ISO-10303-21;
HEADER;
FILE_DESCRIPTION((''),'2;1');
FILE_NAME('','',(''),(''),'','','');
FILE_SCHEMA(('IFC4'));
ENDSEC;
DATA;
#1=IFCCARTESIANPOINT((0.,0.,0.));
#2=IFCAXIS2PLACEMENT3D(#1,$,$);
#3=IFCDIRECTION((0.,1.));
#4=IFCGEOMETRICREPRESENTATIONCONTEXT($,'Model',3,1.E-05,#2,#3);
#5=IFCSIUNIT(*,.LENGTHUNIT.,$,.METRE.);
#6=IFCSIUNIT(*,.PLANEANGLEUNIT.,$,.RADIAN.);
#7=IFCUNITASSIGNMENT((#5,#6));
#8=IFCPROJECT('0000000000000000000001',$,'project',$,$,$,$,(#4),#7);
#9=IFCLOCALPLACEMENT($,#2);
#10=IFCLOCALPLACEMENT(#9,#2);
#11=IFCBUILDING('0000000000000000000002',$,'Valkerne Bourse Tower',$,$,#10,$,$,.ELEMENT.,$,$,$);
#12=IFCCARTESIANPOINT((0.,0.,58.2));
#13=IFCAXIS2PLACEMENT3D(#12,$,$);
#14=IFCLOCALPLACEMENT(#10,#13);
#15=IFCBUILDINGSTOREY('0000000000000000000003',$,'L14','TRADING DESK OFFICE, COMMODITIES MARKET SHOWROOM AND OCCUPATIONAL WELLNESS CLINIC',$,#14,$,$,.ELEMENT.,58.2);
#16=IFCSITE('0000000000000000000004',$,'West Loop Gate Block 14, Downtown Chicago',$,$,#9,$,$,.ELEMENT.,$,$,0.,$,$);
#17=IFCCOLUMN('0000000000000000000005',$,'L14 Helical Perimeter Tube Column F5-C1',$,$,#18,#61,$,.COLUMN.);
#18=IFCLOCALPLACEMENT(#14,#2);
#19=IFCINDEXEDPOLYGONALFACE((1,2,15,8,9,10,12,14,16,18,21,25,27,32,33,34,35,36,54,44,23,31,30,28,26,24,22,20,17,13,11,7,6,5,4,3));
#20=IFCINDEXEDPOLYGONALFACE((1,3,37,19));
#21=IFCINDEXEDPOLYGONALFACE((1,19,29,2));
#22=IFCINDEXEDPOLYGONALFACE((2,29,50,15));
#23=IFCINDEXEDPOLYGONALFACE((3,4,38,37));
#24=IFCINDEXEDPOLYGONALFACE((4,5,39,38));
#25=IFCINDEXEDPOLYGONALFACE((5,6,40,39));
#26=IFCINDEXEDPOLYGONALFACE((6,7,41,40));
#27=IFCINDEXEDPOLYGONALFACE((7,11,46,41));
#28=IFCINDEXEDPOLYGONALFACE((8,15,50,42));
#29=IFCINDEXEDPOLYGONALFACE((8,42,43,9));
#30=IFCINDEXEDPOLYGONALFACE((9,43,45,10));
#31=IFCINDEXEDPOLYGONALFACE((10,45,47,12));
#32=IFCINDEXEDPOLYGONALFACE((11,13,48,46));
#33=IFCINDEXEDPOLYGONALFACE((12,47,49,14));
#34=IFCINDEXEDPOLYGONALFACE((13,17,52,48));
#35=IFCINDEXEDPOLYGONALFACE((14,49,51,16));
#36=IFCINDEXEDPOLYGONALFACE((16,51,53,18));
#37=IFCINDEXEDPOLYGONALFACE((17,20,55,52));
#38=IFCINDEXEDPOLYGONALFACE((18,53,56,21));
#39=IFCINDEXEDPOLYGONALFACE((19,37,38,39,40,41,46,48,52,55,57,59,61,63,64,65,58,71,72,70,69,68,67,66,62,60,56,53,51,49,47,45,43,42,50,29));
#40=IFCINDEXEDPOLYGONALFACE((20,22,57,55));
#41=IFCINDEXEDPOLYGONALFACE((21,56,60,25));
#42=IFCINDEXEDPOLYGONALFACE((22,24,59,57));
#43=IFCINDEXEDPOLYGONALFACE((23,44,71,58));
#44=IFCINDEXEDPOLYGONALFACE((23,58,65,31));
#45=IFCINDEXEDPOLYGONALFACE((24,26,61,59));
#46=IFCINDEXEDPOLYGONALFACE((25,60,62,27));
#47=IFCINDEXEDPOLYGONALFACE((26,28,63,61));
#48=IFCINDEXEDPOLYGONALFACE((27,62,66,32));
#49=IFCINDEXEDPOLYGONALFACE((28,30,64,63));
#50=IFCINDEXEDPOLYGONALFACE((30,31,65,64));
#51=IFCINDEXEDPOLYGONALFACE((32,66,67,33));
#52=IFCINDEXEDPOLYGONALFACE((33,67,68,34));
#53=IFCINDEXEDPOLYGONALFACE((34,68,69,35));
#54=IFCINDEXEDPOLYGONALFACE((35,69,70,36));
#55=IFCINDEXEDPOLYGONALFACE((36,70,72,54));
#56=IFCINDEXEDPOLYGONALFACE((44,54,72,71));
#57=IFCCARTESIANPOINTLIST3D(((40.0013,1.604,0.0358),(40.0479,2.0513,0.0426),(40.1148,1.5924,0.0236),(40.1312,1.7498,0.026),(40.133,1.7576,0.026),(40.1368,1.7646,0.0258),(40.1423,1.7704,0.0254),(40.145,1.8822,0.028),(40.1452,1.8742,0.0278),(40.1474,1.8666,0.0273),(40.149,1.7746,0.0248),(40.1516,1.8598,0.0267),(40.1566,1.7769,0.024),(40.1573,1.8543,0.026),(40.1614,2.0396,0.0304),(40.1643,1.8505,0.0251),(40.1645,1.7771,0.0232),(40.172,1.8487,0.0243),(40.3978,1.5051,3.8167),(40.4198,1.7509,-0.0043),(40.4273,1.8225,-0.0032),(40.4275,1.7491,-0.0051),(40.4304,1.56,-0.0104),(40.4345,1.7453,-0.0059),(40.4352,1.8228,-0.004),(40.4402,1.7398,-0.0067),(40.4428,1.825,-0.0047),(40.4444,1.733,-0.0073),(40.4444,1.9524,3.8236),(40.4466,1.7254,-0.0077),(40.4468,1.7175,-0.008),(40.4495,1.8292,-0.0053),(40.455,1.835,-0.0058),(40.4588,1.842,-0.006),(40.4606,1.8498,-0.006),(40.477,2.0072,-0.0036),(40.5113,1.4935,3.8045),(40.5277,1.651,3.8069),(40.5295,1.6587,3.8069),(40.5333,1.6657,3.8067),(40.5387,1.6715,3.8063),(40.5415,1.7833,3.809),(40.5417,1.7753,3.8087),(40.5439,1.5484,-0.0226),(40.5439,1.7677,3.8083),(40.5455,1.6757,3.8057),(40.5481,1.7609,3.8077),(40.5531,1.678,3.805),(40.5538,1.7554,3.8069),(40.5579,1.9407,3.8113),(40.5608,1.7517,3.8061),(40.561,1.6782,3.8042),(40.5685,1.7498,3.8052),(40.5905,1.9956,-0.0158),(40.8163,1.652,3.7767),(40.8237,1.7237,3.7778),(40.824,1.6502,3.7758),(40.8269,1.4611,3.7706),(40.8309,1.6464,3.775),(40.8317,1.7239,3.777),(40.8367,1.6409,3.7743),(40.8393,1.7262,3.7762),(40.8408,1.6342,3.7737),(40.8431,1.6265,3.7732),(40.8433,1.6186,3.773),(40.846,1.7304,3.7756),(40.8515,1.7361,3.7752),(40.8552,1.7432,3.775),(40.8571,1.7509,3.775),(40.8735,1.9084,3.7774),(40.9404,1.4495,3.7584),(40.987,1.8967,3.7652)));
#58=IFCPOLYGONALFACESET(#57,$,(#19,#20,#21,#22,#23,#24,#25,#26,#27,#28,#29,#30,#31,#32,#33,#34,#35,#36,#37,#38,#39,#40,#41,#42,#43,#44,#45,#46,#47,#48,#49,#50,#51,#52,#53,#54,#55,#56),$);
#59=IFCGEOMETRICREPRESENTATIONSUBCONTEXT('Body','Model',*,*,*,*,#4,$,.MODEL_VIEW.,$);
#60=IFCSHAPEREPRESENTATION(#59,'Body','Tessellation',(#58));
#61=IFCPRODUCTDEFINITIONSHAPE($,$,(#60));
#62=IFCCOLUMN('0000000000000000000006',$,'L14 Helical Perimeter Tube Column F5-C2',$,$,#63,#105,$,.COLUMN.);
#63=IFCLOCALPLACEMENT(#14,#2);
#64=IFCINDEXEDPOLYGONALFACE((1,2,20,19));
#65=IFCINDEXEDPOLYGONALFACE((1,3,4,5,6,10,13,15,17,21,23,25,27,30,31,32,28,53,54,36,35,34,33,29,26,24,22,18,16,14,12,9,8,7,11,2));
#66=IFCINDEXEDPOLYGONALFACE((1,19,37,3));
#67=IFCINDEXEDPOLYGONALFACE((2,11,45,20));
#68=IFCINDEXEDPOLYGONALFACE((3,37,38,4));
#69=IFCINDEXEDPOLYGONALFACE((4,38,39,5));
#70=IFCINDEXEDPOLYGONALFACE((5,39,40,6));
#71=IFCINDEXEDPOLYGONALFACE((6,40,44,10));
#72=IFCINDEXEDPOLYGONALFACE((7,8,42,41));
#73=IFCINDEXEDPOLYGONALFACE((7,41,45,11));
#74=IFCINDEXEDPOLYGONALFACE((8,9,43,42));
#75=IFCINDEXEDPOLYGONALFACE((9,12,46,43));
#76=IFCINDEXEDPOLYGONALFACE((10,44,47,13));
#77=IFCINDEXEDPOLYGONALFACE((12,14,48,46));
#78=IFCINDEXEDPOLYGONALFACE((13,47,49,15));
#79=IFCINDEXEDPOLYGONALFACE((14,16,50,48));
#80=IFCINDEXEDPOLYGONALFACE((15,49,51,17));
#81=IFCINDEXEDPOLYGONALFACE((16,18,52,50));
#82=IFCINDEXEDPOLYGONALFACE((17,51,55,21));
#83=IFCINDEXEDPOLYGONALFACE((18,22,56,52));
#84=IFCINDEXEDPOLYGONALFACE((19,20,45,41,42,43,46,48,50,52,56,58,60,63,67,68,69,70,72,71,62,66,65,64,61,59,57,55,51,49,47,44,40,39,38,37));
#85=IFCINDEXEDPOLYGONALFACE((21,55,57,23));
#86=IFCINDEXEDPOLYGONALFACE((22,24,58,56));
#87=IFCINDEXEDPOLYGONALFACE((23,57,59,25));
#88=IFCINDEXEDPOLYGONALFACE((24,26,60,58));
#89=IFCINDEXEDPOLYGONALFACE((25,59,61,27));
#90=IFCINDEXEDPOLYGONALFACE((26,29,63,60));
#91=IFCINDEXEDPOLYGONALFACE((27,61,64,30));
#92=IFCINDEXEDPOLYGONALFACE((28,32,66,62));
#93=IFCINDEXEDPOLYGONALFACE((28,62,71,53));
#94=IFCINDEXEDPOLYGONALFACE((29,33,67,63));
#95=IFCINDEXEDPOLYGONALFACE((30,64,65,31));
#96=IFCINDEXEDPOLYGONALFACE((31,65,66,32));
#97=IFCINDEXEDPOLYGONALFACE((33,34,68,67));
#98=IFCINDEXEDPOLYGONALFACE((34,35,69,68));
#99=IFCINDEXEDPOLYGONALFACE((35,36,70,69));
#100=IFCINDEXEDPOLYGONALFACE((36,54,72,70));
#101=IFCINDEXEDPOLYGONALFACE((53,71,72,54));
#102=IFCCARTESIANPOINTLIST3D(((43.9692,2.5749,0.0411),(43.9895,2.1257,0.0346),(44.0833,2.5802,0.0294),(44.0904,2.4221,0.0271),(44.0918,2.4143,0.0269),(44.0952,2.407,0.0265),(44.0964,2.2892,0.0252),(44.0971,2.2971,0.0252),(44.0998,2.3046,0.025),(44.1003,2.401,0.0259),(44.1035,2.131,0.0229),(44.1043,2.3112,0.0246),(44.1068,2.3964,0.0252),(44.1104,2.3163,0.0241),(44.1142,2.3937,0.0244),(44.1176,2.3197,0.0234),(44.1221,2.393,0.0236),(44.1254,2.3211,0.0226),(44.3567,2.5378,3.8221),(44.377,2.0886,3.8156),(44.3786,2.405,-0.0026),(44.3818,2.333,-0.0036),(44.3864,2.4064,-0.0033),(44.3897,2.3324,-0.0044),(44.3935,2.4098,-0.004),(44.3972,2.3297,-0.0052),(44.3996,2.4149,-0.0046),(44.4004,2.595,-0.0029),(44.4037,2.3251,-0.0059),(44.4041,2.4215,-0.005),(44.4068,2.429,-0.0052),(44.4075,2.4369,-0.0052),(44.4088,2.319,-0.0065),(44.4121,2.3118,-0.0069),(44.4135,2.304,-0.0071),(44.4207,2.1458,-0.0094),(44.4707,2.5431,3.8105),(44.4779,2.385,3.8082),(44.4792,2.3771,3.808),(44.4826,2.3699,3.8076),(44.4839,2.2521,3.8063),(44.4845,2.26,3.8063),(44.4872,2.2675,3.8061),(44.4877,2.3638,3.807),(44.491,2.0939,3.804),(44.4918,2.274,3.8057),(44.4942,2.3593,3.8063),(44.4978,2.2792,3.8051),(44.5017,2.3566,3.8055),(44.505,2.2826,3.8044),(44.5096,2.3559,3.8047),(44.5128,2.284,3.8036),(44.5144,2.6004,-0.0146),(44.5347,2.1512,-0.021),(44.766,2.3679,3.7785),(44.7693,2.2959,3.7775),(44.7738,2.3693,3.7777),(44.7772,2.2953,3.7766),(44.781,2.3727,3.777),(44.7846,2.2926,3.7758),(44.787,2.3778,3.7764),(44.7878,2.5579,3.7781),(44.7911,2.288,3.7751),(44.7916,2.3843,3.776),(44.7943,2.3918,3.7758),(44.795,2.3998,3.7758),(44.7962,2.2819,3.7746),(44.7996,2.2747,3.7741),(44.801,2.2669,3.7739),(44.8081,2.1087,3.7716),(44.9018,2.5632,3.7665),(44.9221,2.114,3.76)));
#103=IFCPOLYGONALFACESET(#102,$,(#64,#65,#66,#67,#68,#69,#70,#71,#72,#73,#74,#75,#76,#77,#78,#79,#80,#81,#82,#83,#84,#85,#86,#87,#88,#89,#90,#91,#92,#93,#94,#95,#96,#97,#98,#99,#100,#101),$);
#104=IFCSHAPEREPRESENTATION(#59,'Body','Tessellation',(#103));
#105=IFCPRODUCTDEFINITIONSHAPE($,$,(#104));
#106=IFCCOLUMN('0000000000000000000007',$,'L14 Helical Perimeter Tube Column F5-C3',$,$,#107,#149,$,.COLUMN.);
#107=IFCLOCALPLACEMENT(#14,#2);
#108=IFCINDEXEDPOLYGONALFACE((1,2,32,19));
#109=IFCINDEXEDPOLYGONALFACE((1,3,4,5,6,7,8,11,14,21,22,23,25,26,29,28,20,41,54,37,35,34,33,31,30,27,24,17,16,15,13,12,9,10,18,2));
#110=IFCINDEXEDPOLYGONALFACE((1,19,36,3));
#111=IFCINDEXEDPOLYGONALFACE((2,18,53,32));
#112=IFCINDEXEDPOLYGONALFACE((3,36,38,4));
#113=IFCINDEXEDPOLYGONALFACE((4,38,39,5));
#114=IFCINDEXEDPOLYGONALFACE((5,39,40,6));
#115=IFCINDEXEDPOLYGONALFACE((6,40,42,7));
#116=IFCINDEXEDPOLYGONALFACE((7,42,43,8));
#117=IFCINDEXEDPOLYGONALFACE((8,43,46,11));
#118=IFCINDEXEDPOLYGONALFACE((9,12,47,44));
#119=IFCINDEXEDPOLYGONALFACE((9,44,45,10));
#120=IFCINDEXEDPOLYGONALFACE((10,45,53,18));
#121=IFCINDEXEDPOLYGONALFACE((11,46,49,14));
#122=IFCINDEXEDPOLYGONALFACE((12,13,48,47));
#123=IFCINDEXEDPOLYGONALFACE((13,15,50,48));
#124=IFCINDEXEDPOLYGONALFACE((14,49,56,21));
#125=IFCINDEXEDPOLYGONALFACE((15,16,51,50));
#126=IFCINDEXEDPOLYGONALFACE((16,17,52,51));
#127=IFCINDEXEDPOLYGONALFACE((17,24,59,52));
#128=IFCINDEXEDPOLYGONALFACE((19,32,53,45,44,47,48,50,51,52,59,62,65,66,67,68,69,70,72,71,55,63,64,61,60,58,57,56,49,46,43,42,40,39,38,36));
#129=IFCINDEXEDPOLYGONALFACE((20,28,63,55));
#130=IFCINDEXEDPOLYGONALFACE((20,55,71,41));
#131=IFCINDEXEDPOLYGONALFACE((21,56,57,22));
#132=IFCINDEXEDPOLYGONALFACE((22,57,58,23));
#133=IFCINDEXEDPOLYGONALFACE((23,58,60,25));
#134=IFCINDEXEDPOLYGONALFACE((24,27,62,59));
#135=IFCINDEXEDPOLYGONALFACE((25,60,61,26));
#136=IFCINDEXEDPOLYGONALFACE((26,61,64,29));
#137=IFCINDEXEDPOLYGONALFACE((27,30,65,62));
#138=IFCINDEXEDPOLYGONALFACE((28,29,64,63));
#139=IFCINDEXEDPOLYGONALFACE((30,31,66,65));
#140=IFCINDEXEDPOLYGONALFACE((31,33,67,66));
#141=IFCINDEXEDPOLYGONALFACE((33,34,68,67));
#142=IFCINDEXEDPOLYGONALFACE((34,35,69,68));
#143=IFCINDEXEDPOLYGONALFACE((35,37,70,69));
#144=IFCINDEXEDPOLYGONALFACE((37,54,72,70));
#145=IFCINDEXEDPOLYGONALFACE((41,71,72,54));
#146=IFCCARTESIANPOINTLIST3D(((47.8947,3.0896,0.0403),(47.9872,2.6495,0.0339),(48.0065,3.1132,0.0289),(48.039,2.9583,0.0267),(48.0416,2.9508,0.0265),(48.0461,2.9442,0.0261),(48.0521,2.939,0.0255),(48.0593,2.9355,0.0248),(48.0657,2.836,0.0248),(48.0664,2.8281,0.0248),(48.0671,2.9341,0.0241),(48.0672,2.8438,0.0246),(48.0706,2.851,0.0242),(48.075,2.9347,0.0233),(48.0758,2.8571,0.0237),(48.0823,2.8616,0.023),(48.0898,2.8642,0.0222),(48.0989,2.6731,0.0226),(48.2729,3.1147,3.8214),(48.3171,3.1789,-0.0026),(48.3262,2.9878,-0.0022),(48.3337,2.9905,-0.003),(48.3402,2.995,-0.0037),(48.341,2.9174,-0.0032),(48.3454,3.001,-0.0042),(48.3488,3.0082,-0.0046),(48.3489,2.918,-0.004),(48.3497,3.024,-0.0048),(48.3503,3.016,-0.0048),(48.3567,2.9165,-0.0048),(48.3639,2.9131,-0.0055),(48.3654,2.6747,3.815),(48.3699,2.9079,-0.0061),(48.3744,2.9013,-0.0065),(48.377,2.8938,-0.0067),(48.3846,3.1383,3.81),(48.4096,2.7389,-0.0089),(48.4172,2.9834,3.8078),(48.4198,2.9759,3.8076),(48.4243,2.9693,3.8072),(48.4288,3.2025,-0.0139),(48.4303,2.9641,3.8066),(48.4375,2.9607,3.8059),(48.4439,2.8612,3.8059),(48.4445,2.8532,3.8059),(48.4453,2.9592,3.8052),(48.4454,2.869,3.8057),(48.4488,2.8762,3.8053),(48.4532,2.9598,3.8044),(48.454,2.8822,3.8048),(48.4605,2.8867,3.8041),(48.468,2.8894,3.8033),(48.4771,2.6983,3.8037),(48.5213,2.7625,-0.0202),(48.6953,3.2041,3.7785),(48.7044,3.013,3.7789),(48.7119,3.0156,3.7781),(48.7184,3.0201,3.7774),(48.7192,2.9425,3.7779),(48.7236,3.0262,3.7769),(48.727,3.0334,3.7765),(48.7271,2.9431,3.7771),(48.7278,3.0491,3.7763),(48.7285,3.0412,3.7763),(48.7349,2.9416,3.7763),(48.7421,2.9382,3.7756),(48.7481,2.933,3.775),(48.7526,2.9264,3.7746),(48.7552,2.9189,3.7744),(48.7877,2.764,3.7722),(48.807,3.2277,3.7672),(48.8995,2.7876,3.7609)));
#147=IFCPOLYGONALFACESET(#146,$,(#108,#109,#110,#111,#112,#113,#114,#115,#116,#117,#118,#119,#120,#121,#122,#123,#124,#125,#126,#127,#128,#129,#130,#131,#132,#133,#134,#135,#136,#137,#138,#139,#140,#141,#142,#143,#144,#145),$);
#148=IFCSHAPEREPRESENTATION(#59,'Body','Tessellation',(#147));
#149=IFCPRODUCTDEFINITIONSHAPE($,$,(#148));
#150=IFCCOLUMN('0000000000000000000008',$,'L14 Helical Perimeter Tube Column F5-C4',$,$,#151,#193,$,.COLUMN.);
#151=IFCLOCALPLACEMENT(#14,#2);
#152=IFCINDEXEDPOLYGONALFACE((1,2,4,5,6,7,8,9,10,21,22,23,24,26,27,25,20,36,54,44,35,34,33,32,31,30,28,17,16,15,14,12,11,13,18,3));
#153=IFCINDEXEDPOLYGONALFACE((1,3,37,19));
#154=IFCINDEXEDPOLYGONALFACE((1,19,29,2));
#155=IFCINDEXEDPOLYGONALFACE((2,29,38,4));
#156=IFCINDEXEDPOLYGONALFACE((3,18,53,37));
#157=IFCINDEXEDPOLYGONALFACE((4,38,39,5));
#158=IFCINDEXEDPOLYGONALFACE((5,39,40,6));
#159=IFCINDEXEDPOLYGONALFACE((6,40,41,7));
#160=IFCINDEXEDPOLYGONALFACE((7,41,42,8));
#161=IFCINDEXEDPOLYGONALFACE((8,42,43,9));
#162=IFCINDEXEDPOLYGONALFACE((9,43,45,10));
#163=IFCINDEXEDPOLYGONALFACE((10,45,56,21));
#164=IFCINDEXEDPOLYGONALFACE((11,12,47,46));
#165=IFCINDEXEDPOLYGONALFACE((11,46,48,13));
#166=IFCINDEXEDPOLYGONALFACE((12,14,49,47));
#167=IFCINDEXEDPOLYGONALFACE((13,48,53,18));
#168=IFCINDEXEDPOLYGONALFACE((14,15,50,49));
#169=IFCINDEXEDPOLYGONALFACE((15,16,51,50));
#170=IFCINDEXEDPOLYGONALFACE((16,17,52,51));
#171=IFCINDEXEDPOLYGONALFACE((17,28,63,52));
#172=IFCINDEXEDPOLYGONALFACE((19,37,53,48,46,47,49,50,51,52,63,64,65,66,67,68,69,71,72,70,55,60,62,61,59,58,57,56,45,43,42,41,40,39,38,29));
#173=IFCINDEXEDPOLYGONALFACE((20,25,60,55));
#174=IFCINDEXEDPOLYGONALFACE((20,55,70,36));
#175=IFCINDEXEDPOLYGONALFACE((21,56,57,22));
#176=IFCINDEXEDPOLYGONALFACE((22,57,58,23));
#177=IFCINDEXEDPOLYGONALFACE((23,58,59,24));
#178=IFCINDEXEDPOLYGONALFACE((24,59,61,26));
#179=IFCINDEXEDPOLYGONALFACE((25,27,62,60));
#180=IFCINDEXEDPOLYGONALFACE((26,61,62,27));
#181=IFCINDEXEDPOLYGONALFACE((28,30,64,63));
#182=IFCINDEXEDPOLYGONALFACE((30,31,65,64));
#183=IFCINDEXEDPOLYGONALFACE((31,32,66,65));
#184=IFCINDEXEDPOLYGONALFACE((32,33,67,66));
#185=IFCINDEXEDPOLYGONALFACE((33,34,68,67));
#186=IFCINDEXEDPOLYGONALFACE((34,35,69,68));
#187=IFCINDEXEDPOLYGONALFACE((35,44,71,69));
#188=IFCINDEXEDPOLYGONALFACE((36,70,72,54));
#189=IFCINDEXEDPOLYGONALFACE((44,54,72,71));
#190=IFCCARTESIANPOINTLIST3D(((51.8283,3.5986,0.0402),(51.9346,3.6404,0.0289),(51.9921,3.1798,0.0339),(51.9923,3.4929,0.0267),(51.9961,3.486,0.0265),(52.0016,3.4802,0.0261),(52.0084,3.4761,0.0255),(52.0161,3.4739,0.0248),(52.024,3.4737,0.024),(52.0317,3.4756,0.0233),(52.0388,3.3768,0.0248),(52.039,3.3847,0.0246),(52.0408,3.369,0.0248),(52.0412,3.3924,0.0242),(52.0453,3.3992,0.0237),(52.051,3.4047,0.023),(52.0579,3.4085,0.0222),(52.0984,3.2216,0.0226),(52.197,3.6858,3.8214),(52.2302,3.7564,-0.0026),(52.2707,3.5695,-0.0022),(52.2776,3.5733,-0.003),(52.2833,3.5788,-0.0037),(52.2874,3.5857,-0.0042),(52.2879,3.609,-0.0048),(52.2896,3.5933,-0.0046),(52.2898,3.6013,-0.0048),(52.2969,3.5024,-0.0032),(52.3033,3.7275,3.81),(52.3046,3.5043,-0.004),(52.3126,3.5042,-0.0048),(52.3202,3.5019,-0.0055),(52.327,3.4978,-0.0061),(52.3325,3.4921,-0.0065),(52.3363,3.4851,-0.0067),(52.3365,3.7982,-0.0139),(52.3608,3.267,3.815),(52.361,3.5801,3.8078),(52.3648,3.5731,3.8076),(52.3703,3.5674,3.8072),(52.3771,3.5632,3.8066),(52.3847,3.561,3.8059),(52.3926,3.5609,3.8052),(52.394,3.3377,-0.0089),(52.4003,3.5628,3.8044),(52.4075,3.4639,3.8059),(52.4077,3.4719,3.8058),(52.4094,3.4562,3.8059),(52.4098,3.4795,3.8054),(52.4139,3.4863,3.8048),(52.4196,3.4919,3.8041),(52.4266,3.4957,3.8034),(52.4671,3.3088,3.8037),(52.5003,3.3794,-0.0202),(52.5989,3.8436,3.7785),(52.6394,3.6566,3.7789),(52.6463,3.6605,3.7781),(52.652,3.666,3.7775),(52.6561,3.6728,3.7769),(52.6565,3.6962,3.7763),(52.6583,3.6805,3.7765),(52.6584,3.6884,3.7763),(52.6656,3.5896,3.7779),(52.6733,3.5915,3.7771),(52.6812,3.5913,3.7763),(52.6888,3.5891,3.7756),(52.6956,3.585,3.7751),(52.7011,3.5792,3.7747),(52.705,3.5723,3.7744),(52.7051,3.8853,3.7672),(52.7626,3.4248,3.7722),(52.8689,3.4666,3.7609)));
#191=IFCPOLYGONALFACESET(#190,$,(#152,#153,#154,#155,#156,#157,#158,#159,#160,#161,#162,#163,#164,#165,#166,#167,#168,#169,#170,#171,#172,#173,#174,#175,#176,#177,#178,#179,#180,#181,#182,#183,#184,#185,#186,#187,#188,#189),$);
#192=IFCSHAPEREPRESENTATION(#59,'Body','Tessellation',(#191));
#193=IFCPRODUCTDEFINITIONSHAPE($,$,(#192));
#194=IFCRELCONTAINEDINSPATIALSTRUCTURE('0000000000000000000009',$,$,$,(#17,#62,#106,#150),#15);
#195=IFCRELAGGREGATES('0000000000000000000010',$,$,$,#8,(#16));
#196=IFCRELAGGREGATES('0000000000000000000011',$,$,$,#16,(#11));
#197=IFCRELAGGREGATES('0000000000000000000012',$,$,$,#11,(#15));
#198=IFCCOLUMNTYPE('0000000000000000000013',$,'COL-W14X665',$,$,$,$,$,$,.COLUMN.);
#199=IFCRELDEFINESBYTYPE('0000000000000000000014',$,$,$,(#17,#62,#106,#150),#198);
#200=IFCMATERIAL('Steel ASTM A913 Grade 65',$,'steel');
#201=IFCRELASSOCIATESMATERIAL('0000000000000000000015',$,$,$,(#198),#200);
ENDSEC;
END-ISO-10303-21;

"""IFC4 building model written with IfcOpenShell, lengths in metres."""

from ifc_helpers import new_model, si_unit, direction, frame, origin, origin_2d, place, context, subcontext, project, spatial, i_section, extrude, material, material_profile, profile_set, type_object, element, save


model = new_model("IFC4")

# Units and contexts
model_context = context("Model", 3, precision=1e-05, world=origin(), true_north=direction((0.0, 1.0)))
body_context = subcontext(model_context, "Body", "Model", "MODEL_VIEW")
ifc_project = project(units=[si_unit("LENGTHUNIT", "METRE"), si_unit("PLANEANGLEUNIT", "RADIAN")], contexts=[model_context])

# Site, building, storey
site_placement = place(None, origin())
site = spatial("IfcSite", under=ifc_project, at=site_placement, Name="West Loop Gate Block 14, Downtown Chicago", CompositionType="ELEMENT", RefElevation=0.0)
building_placement = place(site_placement, origin())
building = spatial("IfcBuilding", under=site, at=building_placement, Name="Valkerne Bourse Tower", CompositionType="ELEMENT")
storey_placement = place(building_placement, frame((0.0, 0.0, 58.2)))
storey = spatial("IfcBuildingStorey", under=building, at=storey_placement, Name="L14", Description="TRADING DESK OFFICE, COMMODITIES MARKET SHOWROOM AND OCCUPATIONAL WELLNESS CLINIC", CompositionType="ELEMENT", Elevation=58.2)

# Columns
ifc_material_1 = material(Name="Steel ASTM A913 Grade 65", Category="steel")
ifc_material_profile_1 = material_profile(ifc_material_1, i_section(OverallWidth=0.4497, OverallDepth=0.5486, WebThickness=0.072, FlangeThickness=0.1147, FilletRadius=0.0305, at=origin_2d()), Name="W14X665")
ifc_profile_set_1 = profile_set([ifc_material_profile_1], Name="Steel ASTM A913 Grade 65")
column_type = type_object("IfcColumnType", Name="COL-W14X665", PredefinedType="COLUMN", material=ifc_profile_set_1)
column_1_placement = place(storey_placement, frame((40.2959, 1.7998, 0.01), z_axis=(0.104255, -0.026, 0.994211), x_axis=(0.103637, 0.9945, 0.01514)))
element("IfcColumn", 1, at=column_1_placement, inside=storey, type_object=column_type, Name="L14 Helical Perimeter Tube Column F5-C1", PredefinedType="COLUMN", context=body_context, shape_type="SweptSolid", body=[
    extrude(i_section(OverallWidth=0.4497, OverallDepth=0.5486, WebThickness=0.072, FlangeThickness=0.1147, FilletRadius=0.0305, at=origin_2d()), origin(), (0.0, 0.0, 1.0), 3.803),
])
column_2_placement = place(storey_placement, frame((44.252, 2.363, 0.01), z_axis=(0.101934, -0.009763, 0.994743), x_axis=(-0.045131, 0.998877, 0.014428)))
element("IfcColumn", 2, at=column_2_placement, inside=storey, type_object=column_type, Name="L14 Helical Perimeter Tube Column F5-C2", PredefinedType="COLUMN", context=body_context, shape_type="SweptSolid", body=[
    extrude(i_section(OverallWidth=0.4497, OverallDepth=0.5486, WebThickness=0.072, FlangeThickness=0.1147, FilletRadius=0.0305, at=origin_2d()), origin(), (0.0, 0.0, 1.0), 3.801),
])
for number, where, z_axis, x_axis, name in (
    (3, (48.208, 2.926, 0.01), (0.099521, 0.006618, 0.995013), (-0.205576, 0.97854, 0.014054), "L14 Helical Perimeter Tube Column F5-C3"),
    (4, (52.1643, 3.489, 0.01), (0.097015, 0.022937, 0.995019), (-0.364224, 0.931206, 0.014046), "L14 Helical Perimeter Tube Column F5-C4"),
):
    element("IfcColumn", number, at=place(storey_placement, frame(where, z_axis=z_axis, x_axis=x_axis)), inside=storey, type_object=column_type, Name=name, PredefinedType="COLUMN", context=body_context, shape_type="SweptSolid", body=[
        extrude(i_section(OverallWidth=0.4497, OverallDepth=0.5486, WebThickness=0.072, FlangeThickness=0.1147, FilletRadius=0.0305, at=origin_2d()), origin(), (0.0, 0.0, 1.0), 3.8),
    ])

save(model, "model.ifc")
